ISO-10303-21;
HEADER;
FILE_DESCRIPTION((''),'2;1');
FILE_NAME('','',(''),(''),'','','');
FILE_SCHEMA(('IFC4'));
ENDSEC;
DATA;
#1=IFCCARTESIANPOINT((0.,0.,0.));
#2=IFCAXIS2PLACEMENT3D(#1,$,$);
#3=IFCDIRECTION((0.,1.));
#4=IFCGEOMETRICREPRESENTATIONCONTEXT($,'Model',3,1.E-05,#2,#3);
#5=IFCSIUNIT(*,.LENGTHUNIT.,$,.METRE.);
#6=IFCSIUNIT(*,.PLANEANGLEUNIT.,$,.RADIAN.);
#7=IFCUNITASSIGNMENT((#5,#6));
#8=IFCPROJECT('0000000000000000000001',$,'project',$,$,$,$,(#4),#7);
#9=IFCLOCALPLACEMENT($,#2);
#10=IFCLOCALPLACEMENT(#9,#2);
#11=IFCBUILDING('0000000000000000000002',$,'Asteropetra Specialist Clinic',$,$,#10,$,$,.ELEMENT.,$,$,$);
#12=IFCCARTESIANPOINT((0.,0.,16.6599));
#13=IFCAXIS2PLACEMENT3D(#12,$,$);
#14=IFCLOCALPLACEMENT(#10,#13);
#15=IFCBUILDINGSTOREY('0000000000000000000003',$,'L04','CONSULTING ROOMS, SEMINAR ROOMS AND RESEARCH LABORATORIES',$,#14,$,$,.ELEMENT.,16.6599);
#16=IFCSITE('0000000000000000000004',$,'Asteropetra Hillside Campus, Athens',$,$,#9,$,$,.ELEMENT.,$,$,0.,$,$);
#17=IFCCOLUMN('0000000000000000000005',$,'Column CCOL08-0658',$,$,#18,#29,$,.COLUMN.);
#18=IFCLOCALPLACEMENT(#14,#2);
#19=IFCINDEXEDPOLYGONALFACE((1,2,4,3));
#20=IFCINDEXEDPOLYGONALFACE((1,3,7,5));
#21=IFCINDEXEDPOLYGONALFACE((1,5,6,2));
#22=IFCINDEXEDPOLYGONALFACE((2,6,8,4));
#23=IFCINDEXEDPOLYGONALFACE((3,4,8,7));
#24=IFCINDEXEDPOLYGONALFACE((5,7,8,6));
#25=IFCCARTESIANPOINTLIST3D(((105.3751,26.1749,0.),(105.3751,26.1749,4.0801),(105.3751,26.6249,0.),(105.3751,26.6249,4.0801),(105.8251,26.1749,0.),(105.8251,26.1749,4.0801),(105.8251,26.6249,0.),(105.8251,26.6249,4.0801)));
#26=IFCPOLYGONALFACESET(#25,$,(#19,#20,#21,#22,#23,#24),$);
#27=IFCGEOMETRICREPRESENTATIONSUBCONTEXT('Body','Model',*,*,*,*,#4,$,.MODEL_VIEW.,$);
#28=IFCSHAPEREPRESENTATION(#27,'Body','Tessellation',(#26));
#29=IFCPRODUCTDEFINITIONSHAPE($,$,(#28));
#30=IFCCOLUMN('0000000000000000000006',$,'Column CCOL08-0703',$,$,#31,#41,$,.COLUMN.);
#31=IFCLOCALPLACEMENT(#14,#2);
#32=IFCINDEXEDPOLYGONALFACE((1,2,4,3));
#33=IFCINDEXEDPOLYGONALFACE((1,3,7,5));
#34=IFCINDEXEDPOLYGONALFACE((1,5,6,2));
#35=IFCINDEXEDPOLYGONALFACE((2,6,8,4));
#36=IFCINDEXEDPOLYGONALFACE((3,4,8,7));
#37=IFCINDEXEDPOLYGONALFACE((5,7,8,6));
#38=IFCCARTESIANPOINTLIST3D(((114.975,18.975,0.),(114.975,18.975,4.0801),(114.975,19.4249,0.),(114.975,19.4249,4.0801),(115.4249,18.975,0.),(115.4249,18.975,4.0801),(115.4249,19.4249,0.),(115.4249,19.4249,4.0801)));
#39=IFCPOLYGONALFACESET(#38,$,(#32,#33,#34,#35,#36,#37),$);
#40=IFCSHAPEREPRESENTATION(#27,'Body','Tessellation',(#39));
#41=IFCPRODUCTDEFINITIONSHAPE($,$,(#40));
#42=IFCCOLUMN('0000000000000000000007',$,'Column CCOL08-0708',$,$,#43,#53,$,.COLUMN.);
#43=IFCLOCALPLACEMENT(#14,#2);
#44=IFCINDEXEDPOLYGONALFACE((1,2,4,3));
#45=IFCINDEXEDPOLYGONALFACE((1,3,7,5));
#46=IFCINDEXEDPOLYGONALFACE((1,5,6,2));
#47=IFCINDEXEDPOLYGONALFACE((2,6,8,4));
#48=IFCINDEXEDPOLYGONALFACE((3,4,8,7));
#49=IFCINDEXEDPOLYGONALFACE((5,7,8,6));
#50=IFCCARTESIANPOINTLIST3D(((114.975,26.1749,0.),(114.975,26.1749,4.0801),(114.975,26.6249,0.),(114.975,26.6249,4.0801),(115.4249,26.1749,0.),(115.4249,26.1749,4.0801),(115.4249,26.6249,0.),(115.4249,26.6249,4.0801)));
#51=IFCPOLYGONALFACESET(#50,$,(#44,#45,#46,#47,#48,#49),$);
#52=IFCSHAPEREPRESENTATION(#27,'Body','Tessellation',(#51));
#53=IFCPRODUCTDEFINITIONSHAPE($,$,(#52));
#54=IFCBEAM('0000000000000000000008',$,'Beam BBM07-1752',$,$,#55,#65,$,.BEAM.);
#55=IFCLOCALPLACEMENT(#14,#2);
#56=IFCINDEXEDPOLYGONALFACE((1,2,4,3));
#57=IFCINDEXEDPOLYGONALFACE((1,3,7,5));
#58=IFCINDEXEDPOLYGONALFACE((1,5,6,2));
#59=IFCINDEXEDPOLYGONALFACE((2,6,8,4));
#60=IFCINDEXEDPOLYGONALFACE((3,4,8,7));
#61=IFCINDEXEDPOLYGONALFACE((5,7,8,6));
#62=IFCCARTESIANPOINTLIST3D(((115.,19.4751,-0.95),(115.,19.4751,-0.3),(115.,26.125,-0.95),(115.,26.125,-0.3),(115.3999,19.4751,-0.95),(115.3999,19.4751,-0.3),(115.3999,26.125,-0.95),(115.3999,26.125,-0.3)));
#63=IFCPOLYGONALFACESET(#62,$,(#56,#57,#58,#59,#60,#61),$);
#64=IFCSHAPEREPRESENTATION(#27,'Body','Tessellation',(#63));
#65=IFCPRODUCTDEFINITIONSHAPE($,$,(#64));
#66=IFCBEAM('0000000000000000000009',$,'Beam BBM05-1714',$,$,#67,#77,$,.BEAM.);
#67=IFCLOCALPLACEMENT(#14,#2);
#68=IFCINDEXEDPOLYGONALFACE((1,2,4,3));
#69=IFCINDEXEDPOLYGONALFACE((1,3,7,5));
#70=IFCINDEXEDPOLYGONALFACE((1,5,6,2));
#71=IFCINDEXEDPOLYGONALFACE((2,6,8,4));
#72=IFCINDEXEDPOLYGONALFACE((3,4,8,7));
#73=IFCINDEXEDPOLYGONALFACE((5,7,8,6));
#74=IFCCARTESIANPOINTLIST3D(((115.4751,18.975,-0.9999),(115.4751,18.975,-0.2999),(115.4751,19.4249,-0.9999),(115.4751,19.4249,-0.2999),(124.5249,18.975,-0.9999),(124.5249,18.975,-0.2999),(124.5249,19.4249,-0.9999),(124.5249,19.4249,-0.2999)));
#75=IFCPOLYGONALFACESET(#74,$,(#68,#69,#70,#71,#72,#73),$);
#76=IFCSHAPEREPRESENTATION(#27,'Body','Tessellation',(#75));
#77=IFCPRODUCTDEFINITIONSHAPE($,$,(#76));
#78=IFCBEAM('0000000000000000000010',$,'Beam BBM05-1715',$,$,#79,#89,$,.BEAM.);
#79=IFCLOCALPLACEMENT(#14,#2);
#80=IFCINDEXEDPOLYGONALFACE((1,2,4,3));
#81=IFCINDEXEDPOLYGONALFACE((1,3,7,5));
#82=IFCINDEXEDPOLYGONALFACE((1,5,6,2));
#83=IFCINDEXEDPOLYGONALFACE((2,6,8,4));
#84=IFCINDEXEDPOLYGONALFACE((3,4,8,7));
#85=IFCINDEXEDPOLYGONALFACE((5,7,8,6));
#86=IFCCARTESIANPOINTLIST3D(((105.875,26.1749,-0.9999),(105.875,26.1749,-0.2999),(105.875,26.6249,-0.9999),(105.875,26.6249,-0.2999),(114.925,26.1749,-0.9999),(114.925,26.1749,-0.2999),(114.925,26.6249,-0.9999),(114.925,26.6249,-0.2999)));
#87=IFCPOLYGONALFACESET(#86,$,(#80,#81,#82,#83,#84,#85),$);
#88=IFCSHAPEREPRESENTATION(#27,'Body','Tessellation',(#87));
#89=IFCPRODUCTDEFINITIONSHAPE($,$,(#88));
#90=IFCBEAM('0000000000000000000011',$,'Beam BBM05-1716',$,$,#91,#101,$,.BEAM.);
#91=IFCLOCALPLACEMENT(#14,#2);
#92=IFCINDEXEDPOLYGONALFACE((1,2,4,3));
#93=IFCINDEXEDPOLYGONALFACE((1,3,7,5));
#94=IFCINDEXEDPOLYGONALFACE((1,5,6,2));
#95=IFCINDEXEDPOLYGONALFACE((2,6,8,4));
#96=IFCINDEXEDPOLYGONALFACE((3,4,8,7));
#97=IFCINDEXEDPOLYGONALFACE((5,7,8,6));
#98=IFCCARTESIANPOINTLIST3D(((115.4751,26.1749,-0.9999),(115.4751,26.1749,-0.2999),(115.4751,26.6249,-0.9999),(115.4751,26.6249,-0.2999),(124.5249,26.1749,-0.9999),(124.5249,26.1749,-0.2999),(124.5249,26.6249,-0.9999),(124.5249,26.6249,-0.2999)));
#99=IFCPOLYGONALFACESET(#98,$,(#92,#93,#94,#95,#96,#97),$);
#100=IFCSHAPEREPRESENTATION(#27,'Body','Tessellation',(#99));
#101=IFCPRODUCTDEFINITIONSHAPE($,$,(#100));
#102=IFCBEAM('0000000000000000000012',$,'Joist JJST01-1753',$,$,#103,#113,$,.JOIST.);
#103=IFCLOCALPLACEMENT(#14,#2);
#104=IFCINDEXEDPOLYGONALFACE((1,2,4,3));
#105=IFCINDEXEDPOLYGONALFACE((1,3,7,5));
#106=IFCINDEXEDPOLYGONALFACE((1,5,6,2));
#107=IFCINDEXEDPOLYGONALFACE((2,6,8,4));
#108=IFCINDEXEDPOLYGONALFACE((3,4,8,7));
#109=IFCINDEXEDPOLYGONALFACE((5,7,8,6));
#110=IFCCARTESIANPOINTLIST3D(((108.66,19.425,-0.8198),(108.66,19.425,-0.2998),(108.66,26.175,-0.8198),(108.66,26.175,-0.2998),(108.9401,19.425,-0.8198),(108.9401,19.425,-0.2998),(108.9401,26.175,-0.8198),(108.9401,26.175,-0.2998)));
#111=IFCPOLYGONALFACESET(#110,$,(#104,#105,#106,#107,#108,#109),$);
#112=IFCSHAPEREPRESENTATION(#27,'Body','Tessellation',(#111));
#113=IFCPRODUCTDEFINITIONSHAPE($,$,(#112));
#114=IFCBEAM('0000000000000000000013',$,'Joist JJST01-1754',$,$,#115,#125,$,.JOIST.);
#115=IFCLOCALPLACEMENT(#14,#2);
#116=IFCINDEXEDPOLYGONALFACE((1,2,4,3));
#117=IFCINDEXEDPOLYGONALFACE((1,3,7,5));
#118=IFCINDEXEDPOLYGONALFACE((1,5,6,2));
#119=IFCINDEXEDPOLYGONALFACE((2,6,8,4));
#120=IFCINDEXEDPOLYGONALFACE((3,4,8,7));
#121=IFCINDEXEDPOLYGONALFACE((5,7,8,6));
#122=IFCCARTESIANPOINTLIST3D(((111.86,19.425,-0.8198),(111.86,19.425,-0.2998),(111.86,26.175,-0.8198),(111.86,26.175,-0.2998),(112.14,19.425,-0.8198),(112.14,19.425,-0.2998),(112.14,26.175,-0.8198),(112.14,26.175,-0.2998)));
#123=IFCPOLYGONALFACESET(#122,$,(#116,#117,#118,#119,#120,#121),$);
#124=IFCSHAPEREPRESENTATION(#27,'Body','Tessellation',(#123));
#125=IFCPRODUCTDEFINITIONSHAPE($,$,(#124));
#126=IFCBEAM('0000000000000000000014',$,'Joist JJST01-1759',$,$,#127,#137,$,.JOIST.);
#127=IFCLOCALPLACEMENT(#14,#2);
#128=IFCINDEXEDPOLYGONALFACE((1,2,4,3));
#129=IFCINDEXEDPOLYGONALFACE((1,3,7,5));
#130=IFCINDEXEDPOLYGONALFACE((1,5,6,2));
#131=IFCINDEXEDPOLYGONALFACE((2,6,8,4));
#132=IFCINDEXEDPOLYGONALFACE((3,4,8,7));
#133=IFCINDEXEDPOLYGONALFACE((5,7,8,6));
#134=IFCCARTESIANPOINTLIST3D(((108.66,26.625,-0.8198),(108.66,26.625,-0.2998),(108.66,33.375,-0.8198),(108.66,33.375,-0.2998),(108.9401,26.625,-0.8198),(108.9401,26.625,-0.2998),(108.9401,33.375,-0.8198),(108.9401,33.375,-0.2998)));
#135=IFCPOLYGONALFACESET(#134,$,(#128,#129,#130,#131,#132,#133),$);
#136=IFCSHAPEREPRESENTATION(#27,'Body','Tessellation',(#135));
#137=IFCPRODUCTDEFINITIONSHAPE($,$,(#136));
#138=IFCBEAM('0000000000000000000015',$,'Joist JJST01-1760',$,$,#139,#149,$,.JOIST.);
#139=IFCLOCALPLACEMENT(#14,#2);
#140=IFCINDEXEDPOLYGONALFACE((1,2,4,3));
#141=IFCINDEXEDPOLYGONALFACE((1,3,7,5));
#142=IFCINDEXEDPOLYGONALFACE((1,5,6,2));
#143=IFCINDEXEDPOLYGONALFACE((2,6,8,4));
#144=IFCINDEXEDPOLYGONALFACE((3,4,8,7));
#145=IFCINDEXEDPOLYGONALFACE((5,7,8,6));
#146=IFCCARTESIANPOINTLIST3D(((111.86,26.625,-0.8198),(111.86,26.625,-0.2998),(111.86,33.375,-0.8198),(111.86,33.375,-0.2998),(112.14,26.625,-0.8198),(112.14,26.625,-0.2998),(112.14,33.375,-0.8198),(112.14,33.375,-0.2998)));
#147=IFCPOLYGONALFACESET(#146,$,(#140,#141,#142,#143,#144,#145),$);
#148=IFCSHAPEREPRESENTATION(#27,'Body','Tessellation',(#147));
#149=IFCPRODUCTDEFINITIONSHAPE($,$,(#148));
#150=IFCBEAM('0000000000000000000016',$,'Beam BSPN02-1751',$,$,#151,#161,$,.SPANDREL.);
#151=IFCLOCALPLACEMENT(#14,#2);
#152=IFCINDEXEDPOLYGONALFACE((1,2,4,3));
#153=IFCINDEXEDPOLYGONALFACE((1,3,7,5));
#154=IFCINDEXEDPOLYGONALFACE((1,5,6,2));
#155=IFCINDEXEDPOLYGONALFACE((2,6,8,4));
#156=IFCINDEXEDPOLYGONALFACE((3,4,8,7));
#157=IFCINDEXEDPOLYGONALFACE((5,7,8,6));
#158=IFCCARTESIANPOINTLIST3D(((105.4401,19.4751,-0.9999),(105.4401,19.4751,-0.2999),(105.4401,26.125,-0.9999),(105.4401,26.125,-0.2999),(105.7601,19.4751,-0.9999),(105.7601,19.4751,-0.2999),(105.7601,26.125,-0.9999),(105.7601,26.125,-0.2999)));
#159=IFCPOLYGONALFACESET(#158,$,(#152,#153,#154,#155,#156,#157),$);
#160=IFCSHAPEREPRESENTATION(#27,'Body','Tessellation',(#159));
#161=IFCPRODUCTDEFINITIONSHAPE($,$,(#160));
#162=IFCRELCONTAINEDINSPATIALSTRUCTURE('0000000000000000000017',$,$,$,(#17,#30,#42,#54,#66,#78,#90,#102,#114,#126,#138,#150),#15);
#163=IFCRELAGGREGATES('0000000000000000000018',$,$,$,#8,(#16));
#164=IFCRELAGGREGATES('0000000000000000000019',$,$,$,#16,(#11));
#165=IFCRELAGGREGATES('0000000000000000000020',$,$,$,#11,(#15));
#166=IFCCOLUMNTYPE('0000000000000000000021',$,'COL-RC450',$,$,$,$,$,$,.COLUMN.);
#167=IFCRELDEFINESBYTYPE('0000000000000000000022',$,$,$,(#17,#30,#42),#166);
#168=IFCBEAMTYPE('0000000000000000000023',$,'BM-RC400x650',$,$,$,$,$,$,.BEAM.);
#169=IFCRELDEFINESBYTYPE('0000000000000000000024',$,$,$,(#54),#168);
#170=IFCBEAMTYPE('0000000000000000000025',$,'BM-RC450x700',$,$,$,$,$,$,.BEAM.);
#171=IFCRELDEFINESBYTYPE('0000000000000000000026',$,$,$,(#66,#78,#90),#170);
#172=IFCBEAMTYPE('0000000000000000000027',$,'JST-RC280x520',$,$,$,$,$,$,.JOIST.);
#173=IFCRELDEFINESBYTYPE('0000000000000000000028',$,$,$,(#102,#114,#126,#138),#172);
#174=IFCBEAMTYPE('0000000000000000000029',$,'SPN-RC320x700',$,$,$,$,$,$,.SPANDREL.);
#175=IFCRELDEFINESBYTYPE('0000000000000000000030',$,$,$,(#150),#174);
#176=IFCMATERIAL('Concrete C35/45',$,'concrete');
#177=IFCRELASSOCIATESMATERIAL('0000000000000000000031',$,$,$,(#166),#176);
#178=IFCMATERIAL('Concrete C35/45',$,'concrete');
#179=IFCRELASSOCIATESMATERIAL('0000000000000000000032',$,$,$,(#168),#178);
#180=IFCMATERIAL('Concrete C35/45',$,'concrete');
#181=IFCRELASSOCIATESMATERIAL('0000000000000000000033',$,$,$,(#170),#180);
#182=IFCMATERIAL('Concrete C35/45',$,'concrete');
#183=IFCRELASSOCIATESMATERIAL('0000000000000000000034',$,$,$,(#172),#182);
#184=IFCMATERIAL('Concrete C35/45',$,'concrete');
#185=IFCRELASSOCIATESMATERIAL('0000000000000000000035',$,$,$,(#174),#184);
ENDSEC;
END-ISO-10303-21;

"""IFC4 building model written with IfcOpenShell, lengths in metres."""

from ifc_helpers import new_model, si_unit, direction, frame, origin, origin_2d, place, context, subcontext, project, spatial, rectangle, extrude, material, material_profile, profile_set, type_object, element, save


model = new_model("IFC4")

# Units and contexts
model_context = context("Model", 3, precision=1e-05, world=origin(), true_north=direction((0.0, 1.0)))
body_context = subcontext(model_context, "Body", "Model", "MODEL_VIEW")
ifc_project = project(units=[si_unit("LENGTHUNIT", "METRE"), si_unit("PLANEANGLEUNIT", "RADIAN")], contexts=[model_context])

# Site, building, storey
site_placement = place(None, origin())
site = spatial("IfcSite", under=ifc_project, at=site_placement, Name="Asteropetra Hillside Campus, Athens", CompositionType="ELEMENT", RefElevation=0.0)
building_placement = place(site_placement, origin())
building = spatial("IfcBuilding", under=site, at=building_placement, Name="Asteropetra Specialist Clinic", CompositionType="ELEMENT")
storey_placement = place(building_placement, frame((0.0, 0.0, 16.6599)))
storey = spatial("IfcBuildingStorey", under=building, at=storey_placement, Name="L04", Description="CONSULTING ROOMS, SEMINAR ROOMS AND RESEARCH LABORATORIES", CompositionType="ELEMENT", Elevation=16.6599)

# Columns
ifc_material_1 = material(Name="Concrete C35/45", Category="concrete")
ifc_material_profile_1 = material_profile(ifc_material_1, rectangle(XDim=0.45, YDim=0.45, at=origin_2d()), Name="RC 450x450")
ifc_profile_set_1 = profile_set([ifc_material_profile_1], Name="Concrete C35/45")
column_type = type_object("IfcColumnType", Name="COL-RC450", PredefinedType="COLUMN", material=ifc_profile_set_1)
for number, where, z_axis, x_axis, name in (
    (1, (105.6001, 26.3999, 0.0), (0.0, 0.0, 1.0), (1.0, 0.0, 0.0), "Column CCOL08-0658"),
    (2, (115.2, 19.2, 0.0), (0.0, 0.0, 1.0), (1.0, 0.0, 0.0), "Column CCOL08-0703"),
    (3, (115.2, 26.3999, 0.0), (0.0, 0.0, 1.0), (1.0, 0.0, 0.0), "Column CCOL08-0708"),
):
    element("IfcColumn", number, at=place(storey_placement, frame(where, z_axis=z_axis, x_axis=x_axis)), inside=storey, type_object=column_type, Name=name, PredefinedType="COLUMN", context=body_context, shape_type="SweptSolid", body=[
        extrude(rectangle(XDim=0.45, YDim=0.45, at=origin_2d()), origin(), (0.0, 0.0, 1.0), 4.0801),
    ])

# Beams
ifc_material_2 = material(Name="Concrete C35/45", Category="concrete")
ifc_material_profile_2 = material_profile(ifc_material_2, rectangle(XDim=0.3999, YDim=0.6499, at=origin_2d()), Name="RCB 400x650")
ifc_profile_set_2 = profile_set([ifc_material_profile_2], Name="Concrete C35/45")
beam_type_1 = type_object("IfcBeamType", Name="BM-RC400x650", PredefinedType="BEAM", material=ifc_profile_set_2)
beam_1_placement = place(storey_placement, frame((115.2, 19.4751, -0.625), z_axis=(0.0, 1.0, 0.0), x_axis=(-1.0, 0.0, 0.0)))
element("IfcBeam", 4, at=beam_1_placement, inside=storey, type_object=beam_type_1, Name="Beam BBM07-1752", PredefinedType="BEAM", context=body_context, shape_type="SweptSolid", body=[
    extrude(rectangle(XDim=0.3999, YDim=0.6499, at=origin_2d()), origin(), (0.0, 0.0, 1.0), 6.6499),
])
ifc_material_3 = material(Name="Concrete C35/45", Category="concrete")
ifc_material_profile_3 = material_profile(ifc_material_3, rectangle(XDim=0.45, YDim=0.7, at=origin_2d()), Name="RCB 450x700")
ifc_profile_set_3 = profile_set([ifc_material_profile_3], Name="Concrete C35/45")
beam_type_2 = type_object("IfcBeamType", Name="BM-RC450x700", PredefinedType="BEAM", material=ifc_profile_set_3)
beam_2_placement = place(storey_placement, frame((115.4751, 19.2, -0.6499), z_axis=(1.0, 0.0, 0.0), x_axis=(0.0, 1.0, 0.0)))
element("IfcBeam", 5, at=beam_2_placement, inside=storey, type_object=beam_type_2, Name="Beam BBM05-1714", PredefinedType="BEAM", context=body_context, shape_type="SweptSolid", body=[
    extrude(rectangle(XDim=0.45, YDim=0.7, at=origin_2d()), origin(), (0.0, 0.0, 1.0), 9.0498),
])
beam_3_placement = place(storey_placement, frame((105.875, 26.3999, -0.6499), z_axis=(1.0, 0.0, 0.0), x_axis=(0.0, 1.0, 0.0)))
element("IfcBeam", 6, at=beam_3_placement, inside=storey, type_object=beam_type_2, Name="Beam BBM05-1715", PredefinedType="BEAM", context=body_context, shape_type="SweptSolid", body=[
    extrude(rectangle(XDim=0.45, YDim=0.7, at=origin_2d()), origin(), (0.0, 0.0, 1.0), 9.05),
])
beam_4_placement = place(storey_placement, frame((115.4751, 26.3999, -0.6499), z_axis=(1.0, 0.0, 0.0), x_axis=(0.0, 1.0, 0.0)))
element("IfcBeam", 7, at=beam_4_placement, inside=storey, type_object=beam_type_2, Name="Beam BBM05-1716", PredefinedType="BEAM", context=body_context, shape_type="SweptSolid", body=[
    extrude(rectangle(XDim=0.45, YDim=0.7, at=origin_2d()), origin(), (0.0, 0.0, 1.0), 9.0498),
])
ifc_material_4 = material(Name="Concrete C35/45", Category="concrete")
ifc_material_profile_4 = material_profile(ifc_material_4, rectangle(XDim=0.28, YDim=0.52, at=origin_2d()), Name="RCJ 280x520")
ifc_profile_set_4 = profile_set([ifc_material_profile_4], Name="Concrete C35/45")
beam_type_3 = type_object("IfcBeamType", Name="JST-RC280x520", PredefinedType="JOIST", material=ifc_profile_set_4)
for number, where, z_axis, x_axis, name in (
    (8, (108.8, 19.425, -0.5598), (0.0, 1.0, 0.0), (-1.0, 0.0, 0.0), "Joist JJST01-1753"),
    (9, (112.0, 19.425, -0.5598), (0.0, 1.0, 0.0), (-1.0, 0.0, 0.0), "Joist JJST01-1754"),
    (10, (108.8, 26.625, -0.5598), (0.0, 1.0, 0.0), (-1.0, 0.0, 0.0), "Joist JJST01-1759"),
    (11, (112.0, 26.625, -0.5598), (0.0, 1.0, 0.0), (-1.0, 0.0, 0.0), "Joist JJST01-1760"),
):
    element("IfcBeam", number, at=place(storey_placement, frame(where, z_axis=z_axis, x_axis=x_axis)), inside=storey, type_object=beam_type_3, Name=name, PredefinedType="JOIST", context=body_context, shape_type="SweptSolid", body=[
        extrude(rectangle(XDim=0.28, YDim=0.52, at=origin_2d()), origin(), (0.0, 0.0, 1.0), 6.75),
    ])
ifc_material_5 = material(Name="Concrete C35/45", Category="concrete")
ifc_material_profile_5 = material_profile(ifc_material_5, rectangle(XDim=0.3201, YDim=0.7, at=origin_2d()), Name="RCS 320x700")
ifc_profile_set_5 = profile_set([ifc_material_profile_5], Name="Concrete C35/45")
beam_type_4 = type_object("IfcBeamType", Name="SPN-RC320x700", PredefinedType="SPANDREL", material=ifc_profile_set_5)
beam_5_placement = place(storey_placement, frame((105.6001, 19.4751, -0.6499), z_axis=(0.0, 1.0, 0.0), x_axis=(-1.0, 0.0, 0.0)))
element("IfcBeam", 12, at=beam_5_placement, inside=storey, type_object=beam_type_4, Name="Beam BSPN02-1751", PredefinedType="SPANDREL", context=body_context, shape_type="SweptSolid", body=[
    extrude(rectangle(XDim=0.3201, YDim=0.7, at=origin_2d()), origin(), (0.0, 0.0, 1.0), 6.6499),
])

save(model, "model.ifc")
